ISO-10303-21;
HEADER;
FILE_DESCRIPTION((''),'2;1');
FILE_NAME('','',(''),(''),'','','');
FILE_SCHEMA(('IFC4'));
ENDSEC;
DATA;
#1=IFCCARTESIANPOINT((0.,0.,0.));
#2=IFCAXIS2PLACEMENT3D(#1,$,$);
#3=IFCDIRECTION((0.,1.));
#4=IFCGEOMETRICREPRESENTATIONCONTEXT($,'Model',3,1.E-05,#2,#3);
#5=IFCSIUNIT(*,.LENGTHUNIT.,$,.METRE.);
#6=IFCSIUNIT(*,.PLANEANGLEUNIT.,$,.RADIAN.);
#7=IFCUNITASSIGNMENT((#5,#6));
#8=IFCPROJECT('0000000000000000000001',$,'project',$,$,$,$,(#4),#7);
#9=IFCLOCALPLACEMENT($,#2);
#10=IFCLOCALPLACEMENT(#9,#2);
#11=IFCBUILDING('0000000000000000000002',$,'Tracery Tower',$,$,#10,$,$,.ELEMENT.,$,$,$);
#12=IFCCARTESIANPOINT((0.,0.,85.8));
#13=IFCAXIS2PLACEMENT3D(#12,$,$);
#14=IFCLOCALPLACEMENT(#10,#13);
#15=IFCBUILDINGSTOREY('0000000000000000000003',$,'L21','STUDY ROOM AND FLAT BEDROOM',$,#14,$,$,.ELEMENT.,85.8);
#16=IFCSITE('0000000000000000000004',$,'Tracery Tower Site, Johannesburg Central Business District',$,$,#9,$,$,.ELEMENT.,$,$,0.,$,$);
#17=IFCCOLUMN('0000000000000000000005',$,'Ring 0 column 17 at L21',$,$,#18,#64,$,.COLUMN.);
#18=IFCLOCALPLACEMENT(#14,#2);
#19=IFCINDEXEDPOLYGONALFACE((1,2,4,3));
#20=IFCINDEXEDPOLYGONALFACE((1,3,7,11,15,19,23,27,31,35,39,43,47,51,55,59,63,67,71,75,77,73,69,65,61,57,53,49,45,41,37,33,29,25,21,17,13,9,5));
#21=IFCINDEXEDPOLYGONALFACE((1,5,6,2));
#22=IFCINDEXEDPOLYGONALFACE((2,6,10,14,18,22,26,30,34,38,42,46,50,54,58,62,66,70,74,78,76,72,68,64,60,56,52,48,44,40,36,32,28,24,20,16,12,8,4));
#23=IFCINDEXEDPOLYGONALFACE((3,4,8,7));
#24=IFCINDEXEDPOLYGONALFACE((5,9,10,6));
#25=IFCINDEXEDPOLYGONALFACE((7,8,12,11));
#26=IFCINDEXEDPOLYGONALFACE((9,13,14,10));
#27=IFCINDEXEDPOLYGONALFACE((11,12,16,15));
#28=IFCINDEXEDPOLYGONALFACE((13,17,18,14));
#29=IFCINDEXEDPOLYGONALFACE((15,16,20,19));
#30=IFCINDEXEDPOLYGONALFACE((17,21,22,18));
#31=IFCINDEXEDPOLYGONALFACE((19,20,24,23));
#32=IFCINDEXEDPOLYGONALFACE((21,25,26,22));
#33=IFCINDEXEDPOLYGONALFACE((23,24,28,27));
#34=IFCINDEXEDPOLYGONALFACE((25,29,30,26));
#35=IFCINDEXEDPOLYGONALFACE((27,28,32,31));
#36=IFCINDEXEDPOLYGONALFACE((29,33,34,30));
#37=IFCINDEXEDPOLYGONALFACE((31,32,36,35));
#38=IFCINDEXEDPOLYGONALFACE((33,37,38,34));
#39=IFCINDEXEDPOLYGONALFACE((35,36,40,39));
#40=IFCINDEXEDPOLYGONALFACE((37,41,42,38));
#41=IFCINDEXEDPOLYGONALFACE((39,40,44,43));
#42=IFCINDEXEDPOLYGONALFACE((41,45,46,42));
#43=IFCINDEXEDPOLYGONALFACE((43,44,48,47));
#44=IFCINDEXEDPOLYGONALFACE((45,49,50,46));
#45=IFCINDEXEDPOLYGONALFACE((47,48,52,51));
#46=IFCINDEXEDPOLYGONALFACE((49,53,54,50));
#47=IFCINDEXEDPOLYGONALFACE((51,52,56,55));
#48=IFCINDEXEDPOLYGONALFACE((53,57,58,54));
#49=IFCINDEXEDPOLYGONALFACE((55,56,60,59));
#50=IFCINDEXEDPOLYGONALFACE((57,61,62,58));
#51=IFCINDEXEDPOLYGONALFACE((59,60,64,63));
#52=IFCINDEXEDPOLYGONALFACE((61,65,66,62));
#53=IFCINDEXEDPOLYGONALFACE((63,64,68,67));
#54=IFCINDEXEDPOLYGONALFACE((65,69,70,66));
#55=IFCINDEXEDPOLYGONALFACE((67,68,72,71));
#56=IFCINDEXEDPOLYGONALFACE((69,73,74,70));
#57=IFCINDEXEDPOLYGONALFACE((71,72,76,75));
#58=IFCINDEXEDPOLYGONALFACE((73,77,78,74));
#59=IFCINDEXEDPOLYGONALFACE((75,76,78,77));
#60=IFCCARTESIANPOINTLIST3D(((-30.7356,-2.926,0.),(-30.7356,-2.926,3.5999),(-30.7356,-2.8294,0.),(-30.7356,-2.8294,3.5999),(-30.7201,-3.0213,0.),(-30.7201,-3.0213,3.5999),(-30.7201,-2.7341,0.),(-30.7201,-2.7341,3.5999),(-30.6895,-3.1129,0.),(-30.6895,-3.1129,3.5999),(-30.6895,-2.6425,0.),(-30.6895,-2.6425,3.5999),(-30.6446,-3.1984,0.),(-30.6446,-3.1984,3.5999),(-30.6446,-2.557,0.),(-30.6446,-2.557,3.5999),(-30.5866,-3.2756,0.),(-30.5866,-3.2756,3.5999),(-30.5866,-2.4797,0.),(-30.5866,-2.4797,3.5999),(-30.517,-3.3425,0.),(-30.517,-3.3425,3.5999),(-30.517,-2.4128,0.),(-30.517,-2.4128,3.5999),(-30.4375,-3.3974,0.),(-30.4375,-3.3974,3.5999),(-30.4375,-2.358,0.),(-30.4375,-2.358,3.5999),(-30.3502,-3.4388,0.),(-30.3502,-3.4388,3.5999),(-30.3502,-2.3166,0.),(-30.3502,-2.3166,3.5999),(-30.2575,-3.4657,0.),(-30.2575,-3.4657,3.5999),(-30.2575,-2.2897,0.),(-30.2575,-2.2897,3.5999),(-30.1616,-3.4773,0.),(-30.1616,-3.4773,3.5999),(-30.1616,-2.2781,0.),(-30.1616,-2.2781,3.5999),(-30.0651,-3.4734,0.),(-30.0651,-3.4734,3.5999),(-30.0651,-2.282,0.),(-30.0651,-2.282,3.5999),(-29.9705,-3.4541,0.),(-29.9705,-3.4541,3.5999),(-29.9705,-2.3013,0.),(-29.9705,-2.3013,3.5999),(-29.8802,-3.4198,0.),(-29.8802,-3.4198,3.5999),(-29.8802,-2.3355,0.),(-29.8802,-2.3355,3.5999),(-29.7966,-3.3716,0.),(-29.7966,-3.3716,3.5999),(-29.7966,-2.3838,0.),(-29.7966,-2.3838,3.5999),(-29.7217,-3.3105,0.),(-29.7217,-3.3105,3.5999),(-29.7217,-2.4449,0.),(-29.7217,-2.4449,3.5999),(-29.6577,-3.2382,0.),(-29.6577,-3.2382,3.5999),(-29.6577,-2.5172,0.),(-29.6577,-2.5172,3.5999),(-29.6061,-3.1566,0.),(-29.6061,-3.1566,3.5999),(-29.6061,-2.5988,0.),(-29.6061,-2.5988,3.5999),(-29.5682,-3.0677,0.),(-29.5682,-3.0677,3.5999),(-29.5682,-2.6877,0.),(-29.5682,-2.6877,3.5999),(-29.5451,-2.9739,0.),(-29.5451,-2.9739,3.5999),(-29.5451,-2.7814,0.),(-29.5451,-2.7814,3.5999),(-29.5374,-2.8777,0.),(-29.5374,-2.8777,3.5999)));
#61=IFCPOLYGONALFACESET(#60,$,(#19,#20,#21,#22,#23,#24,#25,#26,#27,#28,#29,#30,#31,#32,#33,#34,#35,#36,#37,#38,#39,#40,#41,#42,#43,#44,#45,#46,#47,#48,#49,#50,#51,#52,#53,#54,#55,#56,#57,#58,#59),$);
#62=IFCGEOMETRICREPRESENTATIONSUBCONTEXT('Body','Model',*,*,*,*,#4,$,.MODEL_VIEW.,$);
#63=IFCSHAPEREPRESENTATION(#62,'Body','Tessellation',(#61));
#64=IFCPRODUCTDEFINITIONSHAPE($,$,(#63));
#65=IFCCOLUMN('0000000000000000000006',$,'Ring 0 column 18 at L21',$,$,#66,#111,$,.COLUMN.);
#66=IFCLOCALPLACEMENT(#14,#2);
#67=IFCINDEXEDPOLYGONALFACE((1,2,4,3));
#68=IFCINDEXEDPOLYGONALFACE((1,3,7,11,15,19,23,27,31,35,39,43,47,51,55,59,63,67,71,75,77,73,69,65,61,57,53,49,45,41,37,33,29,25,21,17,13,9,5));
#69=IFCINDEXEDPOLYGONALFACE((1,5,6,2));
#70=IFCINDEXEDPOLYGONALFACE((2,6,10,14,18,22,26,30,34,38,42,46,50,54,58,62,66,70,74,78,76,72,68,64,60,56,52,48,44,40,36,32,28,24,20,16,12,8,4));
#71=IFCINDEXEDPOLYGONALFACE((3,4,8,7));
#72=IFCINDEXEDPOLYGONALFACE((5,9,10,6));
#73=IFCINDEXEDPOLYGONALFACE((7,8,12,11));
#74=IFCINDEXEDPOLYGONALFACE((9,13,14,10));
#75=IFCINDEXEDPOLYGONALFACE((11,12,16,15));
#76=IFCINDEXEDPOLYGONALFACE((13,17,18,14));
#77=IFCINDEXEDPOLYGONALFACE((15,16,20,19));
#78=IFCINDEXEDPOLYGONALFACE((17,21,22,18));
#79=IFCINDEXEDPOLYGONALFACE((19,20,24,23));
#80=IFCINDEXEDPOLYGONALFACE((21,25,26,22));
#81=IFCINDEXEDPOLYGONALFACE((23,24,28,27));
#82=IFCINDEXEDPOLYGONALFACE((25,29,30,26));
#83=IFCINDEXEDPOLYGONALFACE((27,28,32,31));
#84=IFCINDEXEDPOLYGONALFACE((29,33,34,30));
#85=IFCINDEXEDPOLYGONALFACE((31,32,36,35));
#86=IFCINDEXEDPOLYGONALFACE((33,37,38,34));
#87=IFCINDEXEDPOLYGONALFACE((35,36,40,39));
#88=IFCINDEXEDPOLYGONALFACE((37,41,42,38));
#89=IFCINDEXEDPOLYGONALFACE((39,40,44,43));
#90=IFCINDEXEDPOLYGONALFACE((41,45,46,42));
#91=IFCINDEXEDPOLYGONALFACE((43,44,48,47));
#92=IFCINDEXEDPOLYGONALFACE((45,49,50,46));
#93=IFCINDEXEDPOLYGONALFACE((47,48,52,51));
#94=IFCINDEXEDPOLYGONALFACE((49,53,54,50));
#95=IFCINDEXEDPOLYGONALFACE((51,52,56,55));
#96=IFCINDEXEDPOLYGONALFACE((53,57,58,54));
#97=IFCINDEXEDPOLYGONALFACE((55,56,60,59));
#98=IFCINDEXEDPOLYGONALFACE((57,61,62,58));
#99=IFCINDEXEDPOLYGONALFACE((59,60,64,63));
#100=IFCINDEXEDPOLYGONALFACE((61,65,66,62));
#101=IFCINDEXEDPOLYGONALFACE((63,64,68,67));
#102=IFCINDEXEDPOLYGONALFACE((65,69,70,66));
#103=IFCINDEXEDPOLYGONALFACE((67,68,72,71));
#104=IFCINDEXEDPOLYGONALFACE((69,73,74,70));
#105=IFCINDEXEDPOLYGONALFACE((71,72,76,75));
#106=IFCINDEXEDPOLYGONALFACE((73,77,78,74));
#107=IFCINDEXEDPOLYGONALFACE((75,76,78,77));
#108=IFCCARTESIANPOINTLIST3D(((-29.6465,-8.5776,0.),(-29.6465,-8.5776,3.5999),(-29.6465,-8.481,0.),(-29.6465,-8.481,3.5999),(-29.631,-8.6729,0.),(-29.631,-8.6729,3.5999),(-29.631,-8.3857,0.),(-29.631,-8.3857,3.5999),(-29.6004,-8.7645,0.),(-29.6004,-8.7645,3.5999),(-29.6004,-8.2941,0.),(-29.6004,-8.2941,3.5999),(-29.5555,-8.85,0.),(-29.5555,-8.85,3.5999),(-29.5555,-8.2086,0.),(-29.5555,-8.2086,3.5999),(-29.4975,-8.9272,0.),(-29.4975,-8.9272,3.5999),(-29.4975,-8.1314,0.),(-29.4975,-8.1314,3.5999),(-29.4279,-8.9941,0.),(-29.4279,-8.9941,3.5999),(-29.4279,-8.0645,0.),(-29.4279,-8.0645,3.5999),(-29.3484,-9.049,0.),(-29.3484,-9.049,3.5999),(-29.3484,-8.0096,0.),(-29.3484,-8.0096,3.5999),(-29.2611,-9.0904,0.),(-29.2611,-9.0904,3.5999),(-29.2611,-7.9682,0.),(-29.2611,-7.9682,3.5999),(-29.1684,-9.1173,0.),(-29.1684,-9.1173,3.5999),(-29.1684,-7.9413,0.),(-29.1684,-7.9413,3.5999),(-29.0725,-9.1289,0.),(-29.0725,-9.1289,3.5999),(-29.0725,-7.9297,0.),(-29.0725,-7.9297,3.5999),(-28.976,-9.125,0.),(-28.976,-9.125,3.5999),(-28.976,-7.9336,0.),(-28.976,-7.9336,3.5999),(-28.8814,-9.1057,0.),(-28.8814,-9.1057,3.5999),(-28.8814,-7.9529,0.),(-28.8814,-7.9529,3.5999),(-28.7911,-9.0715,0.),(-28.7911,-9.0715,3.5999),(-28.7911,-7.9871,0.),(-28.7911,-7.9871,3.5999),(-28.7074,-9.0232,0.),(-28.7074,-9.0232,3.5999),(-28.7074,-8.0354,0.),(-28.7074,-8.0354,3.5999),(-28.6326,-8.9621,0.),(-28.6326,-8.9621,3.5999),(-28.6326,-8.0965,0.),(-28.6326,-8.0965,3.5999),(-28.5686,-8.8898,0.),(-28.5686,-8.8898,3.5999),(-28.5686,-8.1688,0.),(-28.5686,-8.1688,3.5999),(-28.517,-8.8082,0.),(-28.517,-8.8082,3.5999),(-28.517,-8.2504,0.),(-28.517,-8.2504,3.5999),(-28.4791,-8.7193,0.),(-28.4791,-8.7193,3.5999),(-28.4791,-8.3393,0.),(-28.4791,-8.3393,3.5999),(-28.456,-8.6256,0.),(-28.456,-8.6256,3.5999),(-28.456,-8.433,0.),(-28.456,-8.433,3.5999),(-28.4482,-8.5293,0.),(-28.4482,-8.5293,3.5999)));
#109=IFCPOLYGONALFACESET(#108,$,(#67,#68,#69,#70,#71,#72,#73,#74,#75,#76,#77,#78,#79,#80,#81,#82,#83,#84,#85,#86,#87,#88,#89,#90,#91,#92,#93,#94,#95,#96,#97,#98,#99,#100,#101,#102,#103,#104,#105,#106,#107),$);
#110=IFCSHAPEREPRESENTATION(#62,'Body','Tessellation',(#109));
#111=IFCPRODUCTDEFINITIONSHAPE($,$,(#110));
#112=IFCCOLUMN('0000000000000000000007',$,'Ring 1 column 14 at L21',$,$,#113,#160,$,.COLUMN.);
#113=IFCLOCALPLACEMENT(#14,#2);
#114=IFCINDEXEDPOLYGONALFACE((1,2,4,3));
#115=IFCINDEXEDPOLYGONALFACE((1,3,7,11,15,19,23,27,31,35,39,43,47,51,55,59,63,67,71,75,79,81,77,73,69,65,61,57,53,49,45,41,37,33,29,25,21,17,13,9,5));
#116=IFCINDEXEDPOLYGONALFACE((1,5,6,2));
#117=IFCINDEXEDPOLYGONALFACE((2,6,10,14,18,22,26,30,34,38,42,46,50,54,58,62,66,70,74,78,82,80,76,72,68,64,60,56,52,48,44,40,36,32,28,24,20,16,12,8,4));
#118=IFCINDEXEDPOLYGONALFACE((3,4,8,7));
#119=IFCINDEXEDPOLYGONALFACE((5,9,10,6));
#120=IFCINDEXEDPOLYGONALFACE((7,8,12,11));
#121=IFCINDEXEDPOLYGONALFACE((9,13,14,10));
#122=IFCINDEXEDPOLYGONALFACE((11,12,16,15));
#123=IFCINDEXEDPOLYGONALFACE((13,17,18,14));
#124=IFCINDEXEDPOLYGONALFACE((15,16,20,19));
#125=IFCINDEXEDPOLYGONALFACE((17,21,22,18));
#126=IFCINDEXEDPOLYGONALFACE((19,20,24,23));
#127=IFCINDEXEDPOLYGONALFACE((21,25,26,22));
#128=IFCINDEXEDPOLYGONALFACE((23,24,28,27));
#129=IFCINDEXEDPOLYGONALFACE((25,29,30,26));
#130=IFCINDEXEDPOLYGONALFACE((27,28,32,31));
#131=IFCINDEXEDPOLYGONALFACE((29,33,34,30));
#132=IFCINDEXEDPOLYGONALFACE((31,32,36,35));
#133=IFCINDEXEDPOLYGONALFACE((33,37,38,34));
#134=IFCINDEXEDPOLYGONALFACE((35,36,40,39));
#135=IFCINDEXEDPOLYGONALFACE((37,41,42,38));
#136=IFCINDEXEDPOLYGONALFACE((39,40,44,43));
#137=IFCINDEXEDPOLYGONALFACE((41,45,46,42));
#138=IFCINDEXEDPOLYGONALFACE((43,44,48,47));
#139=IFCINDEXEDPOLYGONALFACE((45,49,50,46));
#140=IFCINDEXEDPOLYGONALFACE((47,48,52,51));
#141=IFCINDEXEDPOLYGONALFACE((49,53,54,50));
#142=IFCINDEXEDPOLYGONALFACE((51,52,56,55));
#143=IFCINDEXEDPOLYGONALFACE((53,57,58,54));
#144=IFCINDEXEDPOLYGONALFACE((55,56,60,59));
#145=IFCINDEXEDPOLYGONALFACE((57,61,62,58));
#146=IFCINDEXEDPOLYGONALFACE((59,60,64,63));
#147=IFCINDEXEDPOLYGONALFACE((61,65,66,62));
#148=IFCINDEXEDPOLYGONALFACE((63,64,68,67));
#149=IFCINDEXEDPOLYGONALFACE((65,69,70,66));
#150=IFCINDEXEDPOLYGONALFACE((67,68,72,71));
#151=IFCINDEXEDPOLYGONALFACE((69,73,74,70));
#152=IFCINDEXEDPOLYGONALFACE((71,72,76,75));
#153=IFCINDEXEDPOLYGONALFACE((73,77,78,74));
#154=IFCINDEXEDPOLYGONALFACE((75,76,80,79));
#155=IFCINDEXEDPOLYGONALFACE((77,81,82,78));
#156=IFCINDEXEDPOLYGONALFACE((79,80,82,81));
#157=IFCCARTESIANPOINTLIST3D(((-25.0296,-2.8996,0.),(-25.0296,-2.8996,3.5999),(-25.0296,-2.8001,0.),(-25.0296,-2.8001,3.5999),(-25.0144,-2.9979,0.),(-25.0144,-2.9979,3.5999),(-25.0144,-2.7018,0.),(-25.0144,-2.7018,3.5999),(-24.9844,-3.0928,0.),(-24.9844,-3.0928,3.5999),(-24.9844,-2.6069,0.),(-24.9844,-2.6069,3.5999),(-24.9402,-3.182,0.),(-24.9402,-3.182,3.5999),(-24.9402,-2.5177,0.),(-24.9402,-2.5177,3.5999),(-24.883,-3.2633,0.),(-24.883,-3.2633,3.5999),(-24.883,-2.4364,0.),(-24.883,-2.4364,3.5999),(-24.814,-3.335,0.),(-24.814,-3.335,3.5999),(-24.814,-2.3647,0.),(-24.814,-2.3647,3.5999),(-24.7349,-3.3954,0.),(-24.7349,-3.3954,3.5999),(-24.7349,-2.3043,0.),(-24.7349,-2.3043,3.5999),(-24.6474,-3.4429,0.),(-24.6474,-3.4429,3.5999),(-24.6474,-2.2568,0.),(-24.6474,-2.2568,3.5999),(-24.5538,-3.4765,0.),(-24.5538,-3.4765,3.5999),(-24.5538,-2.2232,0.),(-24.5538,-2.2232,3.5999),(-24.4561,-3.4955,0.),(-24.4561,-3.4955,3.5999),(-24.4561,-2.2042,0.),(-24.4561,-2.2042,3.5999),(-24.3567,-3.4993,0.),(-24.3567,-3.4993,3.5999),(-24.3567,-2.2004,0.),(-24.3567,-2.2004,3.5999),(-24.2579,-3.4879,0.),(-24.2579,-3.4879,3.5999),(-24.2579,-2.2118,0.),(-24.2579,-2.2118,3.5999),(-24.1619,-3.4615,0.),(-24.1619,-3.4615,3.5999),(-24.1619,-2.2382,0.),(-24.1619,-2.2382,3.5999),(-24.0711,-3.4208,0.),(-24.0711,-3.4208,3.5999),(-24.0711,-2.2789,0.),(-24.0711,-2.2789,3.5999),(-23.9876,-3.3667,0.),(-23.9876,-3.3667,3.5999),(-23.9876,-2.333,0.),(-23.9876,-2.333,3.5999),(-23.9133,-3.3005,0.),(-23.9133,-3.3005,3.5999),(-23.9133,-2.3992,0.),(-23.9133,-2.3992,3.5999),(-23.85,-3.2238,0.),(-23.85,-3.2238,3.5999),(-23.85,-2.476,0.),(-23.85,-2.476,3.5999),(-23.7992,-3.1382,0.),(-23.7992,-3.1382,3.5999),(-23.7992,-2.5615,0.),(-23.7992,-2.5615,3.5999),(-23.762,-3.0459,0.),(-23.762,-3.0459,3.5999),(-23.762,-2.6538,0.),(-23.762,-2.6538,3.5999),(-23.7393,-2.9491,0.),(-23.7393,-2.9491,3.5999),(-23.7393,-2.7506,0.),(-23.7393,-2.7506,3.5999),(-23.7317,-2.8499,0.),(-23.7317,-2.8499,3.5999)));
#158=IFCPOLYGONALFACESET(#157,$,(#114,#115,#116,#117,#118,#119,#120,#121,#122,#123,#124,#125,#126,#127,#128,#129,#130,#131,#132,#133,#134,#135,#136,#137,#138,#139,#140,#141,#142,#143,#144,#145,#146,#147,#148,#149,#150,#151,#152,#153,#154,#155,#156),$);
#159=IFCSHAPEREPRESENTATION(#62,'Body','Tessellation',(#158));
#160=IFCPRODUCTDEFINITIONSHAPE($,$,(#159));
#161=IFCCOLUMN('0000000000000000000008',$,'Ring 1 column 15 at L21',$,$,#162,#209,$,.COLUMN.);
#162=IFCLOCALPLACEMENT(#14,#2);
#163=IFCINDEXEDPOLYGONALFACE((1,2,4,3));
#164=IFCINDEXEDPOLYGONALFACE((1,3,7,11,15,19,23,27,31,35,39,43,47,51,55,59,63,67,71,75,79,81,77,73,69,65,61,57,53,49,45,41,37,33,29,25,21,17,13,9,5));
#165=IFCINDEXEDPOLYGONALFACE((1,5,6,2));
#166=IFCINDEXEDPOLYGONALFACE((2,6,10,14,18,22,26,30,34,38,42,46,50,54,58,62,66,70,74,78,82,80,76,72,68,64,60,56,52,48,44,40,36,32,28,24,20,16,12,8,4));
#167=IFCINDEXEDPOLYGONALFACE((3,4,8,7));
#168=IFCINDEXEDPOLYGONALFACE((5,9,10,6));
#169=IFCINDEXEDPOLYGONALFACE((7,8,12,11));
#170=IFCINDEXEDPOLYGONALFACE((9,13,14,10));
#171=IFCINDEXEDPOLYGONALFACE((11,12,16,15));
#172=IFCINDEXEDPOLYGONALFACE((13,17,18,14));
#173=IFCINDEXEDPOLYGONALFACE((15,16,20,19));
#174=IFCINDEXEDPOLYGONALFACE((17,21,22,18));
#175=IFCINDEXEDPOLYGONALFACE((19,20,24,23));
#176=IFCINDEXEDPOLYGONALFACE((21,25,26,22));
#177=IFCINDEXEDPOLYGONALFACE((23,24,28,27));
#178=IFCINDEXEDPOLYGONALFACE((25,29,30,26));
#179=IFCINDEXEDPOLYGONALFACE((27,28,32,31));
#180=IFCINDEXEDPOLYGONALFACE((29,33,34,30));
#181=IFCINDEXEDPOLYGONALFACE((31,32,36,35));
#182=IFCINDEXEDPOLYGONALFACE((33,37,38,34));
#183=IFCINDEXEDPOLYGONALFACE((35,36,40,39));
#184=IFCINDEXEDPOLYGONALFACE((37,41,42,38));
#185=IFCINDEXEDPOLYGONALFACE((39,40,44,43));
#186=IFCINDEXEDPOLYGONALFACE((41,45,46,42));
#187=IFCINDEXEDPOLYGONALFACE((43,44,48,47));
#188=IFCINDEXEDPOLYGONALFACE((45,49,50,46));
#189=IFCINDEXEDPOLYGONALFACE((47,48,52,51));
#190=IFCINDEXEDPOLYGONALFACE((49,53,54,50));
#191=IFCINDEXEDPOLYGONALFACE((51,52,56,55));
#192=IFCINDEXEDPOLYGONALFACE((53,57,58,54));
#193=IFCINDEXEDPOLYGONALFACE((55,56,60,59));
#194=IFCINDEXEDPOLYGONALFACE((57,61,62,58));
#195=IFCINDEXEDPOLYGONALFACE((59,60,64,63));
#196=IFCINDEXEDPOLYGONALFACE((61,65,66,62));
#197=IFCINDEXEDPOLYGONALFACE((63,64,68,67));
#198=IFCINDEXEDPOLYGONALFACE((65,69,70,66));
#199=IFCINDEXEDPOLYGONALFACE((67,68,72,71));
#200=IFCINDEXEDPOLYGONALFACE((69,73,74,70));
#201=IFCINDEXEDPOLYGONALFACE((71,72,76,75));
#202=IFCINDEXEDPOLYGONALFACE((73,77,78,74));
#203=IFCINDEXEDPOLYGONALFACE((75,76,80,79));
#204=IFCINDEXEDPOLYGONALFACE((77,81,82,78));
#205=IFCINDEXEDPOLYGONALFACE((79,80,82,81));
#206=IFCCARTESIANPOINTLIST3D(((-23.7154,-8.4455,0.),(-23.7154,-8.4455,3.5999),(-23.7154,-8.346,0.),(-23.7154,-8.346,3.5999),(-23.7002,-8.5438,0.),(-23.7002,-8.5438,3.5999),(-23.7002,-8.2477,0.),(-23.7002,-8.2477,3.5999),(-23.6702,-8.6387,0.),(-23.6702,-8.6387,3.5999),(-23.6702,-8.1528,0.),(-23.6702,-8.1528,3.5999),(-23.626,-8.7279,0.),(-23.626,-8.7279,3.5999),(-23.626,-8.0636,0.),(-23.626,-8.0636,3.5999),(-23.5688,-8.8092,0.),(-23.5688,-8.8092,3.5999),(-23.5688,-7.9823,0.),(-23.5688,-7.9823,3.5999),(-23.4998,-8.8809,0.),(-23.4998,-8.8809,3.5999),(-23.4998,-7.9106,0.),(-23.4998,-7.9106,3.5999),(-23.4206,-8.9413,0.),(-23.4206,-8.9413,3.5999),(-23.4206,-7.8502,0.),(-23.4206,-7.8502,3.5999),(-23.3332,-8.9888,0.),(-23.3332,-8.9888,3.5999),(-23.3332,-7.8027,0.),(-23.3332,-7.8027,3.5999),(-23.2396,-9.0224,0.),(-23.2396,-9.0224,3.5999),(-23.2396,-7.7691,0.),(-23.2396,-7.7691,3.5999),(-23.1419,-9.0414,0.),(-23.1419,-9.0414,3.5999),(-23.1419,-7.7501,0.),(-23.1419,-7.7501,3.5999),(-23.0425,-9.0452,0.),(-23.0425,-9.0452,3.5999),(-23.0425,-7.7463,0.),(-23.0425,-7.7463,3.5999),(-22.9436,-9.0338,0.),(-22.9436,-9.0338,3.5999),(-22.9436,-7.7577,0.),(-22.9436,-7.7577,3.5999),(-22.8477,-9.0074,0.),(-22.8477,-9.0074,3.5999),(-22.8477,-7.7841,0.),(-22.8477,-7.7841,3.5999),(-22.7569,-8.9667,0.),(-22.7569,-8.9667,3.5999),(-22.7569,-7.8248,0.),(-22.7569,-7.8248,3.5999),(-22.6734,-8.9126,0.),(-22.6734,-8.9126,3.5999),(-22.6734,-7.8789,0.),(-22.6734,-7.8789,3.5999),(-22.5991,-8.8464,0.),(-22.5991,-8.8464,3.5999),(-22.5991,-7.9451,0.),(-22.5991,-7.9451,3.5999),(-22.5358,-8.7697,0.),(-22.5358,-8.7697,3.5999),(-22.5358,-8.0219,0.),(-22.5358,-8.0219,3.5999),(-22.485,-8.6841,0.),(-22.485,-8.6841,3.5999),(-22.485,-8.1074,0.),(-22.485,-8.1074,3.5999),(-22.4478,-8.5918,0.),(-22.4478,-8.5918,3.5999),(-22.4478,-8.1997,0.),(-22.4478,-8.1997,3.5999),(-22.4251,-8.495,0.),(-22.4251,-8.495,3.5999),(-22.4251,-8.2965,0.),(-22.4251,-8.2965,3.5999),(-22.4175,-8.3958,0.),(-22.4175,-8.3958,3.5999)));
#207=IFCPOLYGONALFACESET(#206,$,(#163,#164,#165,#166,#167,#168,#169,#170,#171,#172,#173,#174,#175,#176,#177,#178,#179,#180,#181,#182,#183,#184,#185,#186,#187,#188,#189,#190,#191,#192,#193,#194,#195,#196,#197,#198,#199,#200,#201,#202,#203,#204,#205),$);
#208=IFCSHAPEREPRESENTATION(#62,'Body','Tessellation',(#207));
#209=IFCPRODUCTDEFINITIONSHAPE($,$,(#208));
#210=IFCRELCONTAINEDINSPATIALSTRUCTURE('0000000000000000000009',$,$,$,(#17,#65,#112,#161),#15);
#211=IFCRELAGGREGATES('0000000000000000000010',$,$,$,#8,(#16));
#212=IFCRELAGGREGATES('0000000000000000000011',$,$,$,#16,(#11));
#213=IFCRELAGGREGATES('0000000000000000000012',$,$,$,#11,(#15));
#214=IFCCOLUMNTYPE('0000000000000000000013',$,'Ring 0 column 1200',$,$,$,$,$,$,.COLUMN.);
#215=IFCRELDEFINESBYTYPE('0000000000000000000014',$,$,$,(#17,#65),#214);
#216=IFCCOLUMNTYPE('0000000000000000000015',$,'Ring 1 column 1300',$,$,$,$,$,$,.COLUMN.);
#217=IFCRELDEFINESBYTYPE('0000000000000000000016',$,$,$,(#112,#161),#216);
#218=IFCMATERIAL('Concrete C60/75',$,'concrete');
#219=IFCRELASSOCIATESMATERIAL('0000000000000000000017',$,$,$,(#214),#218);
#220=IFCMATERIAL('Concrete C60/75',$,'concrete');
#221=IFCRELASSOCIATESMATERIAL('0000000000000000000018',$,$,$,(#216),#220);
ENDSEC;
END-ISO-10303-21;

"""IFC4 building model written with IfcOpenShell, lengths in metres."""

from ifc_helpers import new_model, si_unit, direction, frame, origin, origin_2d, place, context, subcontext, project, spatial, circle, extrude, material, material_profile, profile_set, type_object, element, save


model = new_model("IFC4")

# Units and contexts
model_context = context("Model", 3, precision=1e-05, world=origin(), true_north=direction((0.0, 1.0)))
body_context = subcontext(model_context, "Body", "Model", "MODEL_VIEW")
ifc_project = project(units=[si_unit("LENGTHUNIT", "METRE"), si_unit("PLANEANGLEUNIT", "RADIAN")], contexts=[model_context])

# Site, building, storey
site_placement = place(None, origin())
site = spatial("IfcSite", under=ifc_project, at=site_placement, Name="Tracery Tower Site, Johannesburg Central Business District", CompositionType="ELEMENT", RefElevation=0.0)
building_placement = place(site_placement, origin())
building = spatial("IfcBuilding", under=site, at=building_placement, Name="Tracery Tower", CompositionType="ELEMENT")
storey_placement = place(building_placement, frame((0.0, 0.0, 85.8)))
storey = spatial("IfcBuildingStorey", under=building, at=storey_placement, Name="L21", Description="STUDY ROOM AND FLAT BEDROOM", CompositionType="ELEMENT", Elevation=85.8)

# Columns
ifc_material_1 = material(Name="Concrete C60/75", Category="concrete")
ifc_material_profile_1 = material_profile(ifc_material_1, circle(Radius=0.6001, at=origin_2d()), Name="RC D1200")
ifc_profile_set_1 = profile_set([ifc_material_profile_1], Name="Concrete C60/75")
column_type_1 = type_object("IfcColumnType", Name="Ring 0 column 1200", PredefinedType="COLUMN", material=ifc_profile_set_1)
for number, where, z_axis, x_axis, name in (
    (1, (-30.1375, -2.8777, 0.0), (0.0, 0.0, 1.0), (1.0, 0.0, 0.0), "Ring 0 column 17 at L21"),
    (2, (-29.0483, -8.5293, 0.0), (0.0, 0.0, 1.0), (1.0, 0.0, 0.0), "Ring 0 column 18 at L21"),
):
    element("IfcColumn", number, at=place(storey_placement, frame(where, z_axis=z_axis, x_axis=x_axis)), inside=storey, type_object=column_type_1, Name=name, PredefinedType="COLUMN", context=body_context, shape_type="SweptSolid", body=[
        extrude(circle(Radius=0.6001, at=origin_2d()), origin(), (0.0, 0.0, 1.0), 3.5999),
    ])
ifc_material_2 = material(Name="Concrete C60/75", Category="concrete")
ifc_material_profile_2 = material_profile(ifc_material_2, circle(Radius=0.6499, at=origin_2d()), Name="RC D1300")
ifc_profile_set_2 = profile_set([ifc_material_profile_2], Name="Concrete C60/75")
column_type_2 = type_object("IfcColumnType", Name="Ring 1 column 1300", PredefinedType="COLUMN", material=ifc_profile_set_2)
for number, where, z_axis, x_axis, name in (
    (3, (-24.3816, -2.8499, 0.0), (0.0, 0.0, 1.0), (1.0, 0.0, 0.0), "Ring 1 column 14 at L21"),
    (4, (-23.0674, -8.3958, 0.0), (0.0, 0.0, 1.0), (1.0, 0.0, 0.0), "Ring 1 column 15 at L21"),
):
    element("IfcColumn", number, at=place(storey_placement, frame(where, z_axis=z_axis, x_axis=x_axis)), inside=storey, type_object=column_type_2, Name=name, PredefinedType="COLUMN", context=body_context, shape_type="SweptSolid", body=[
        extrude(circle(Radius=0.6499, at=origin_2d()), origin(), (0.0, 0.0, 1.0), 3.5999),
    ])

save(model, "model.ifc")
